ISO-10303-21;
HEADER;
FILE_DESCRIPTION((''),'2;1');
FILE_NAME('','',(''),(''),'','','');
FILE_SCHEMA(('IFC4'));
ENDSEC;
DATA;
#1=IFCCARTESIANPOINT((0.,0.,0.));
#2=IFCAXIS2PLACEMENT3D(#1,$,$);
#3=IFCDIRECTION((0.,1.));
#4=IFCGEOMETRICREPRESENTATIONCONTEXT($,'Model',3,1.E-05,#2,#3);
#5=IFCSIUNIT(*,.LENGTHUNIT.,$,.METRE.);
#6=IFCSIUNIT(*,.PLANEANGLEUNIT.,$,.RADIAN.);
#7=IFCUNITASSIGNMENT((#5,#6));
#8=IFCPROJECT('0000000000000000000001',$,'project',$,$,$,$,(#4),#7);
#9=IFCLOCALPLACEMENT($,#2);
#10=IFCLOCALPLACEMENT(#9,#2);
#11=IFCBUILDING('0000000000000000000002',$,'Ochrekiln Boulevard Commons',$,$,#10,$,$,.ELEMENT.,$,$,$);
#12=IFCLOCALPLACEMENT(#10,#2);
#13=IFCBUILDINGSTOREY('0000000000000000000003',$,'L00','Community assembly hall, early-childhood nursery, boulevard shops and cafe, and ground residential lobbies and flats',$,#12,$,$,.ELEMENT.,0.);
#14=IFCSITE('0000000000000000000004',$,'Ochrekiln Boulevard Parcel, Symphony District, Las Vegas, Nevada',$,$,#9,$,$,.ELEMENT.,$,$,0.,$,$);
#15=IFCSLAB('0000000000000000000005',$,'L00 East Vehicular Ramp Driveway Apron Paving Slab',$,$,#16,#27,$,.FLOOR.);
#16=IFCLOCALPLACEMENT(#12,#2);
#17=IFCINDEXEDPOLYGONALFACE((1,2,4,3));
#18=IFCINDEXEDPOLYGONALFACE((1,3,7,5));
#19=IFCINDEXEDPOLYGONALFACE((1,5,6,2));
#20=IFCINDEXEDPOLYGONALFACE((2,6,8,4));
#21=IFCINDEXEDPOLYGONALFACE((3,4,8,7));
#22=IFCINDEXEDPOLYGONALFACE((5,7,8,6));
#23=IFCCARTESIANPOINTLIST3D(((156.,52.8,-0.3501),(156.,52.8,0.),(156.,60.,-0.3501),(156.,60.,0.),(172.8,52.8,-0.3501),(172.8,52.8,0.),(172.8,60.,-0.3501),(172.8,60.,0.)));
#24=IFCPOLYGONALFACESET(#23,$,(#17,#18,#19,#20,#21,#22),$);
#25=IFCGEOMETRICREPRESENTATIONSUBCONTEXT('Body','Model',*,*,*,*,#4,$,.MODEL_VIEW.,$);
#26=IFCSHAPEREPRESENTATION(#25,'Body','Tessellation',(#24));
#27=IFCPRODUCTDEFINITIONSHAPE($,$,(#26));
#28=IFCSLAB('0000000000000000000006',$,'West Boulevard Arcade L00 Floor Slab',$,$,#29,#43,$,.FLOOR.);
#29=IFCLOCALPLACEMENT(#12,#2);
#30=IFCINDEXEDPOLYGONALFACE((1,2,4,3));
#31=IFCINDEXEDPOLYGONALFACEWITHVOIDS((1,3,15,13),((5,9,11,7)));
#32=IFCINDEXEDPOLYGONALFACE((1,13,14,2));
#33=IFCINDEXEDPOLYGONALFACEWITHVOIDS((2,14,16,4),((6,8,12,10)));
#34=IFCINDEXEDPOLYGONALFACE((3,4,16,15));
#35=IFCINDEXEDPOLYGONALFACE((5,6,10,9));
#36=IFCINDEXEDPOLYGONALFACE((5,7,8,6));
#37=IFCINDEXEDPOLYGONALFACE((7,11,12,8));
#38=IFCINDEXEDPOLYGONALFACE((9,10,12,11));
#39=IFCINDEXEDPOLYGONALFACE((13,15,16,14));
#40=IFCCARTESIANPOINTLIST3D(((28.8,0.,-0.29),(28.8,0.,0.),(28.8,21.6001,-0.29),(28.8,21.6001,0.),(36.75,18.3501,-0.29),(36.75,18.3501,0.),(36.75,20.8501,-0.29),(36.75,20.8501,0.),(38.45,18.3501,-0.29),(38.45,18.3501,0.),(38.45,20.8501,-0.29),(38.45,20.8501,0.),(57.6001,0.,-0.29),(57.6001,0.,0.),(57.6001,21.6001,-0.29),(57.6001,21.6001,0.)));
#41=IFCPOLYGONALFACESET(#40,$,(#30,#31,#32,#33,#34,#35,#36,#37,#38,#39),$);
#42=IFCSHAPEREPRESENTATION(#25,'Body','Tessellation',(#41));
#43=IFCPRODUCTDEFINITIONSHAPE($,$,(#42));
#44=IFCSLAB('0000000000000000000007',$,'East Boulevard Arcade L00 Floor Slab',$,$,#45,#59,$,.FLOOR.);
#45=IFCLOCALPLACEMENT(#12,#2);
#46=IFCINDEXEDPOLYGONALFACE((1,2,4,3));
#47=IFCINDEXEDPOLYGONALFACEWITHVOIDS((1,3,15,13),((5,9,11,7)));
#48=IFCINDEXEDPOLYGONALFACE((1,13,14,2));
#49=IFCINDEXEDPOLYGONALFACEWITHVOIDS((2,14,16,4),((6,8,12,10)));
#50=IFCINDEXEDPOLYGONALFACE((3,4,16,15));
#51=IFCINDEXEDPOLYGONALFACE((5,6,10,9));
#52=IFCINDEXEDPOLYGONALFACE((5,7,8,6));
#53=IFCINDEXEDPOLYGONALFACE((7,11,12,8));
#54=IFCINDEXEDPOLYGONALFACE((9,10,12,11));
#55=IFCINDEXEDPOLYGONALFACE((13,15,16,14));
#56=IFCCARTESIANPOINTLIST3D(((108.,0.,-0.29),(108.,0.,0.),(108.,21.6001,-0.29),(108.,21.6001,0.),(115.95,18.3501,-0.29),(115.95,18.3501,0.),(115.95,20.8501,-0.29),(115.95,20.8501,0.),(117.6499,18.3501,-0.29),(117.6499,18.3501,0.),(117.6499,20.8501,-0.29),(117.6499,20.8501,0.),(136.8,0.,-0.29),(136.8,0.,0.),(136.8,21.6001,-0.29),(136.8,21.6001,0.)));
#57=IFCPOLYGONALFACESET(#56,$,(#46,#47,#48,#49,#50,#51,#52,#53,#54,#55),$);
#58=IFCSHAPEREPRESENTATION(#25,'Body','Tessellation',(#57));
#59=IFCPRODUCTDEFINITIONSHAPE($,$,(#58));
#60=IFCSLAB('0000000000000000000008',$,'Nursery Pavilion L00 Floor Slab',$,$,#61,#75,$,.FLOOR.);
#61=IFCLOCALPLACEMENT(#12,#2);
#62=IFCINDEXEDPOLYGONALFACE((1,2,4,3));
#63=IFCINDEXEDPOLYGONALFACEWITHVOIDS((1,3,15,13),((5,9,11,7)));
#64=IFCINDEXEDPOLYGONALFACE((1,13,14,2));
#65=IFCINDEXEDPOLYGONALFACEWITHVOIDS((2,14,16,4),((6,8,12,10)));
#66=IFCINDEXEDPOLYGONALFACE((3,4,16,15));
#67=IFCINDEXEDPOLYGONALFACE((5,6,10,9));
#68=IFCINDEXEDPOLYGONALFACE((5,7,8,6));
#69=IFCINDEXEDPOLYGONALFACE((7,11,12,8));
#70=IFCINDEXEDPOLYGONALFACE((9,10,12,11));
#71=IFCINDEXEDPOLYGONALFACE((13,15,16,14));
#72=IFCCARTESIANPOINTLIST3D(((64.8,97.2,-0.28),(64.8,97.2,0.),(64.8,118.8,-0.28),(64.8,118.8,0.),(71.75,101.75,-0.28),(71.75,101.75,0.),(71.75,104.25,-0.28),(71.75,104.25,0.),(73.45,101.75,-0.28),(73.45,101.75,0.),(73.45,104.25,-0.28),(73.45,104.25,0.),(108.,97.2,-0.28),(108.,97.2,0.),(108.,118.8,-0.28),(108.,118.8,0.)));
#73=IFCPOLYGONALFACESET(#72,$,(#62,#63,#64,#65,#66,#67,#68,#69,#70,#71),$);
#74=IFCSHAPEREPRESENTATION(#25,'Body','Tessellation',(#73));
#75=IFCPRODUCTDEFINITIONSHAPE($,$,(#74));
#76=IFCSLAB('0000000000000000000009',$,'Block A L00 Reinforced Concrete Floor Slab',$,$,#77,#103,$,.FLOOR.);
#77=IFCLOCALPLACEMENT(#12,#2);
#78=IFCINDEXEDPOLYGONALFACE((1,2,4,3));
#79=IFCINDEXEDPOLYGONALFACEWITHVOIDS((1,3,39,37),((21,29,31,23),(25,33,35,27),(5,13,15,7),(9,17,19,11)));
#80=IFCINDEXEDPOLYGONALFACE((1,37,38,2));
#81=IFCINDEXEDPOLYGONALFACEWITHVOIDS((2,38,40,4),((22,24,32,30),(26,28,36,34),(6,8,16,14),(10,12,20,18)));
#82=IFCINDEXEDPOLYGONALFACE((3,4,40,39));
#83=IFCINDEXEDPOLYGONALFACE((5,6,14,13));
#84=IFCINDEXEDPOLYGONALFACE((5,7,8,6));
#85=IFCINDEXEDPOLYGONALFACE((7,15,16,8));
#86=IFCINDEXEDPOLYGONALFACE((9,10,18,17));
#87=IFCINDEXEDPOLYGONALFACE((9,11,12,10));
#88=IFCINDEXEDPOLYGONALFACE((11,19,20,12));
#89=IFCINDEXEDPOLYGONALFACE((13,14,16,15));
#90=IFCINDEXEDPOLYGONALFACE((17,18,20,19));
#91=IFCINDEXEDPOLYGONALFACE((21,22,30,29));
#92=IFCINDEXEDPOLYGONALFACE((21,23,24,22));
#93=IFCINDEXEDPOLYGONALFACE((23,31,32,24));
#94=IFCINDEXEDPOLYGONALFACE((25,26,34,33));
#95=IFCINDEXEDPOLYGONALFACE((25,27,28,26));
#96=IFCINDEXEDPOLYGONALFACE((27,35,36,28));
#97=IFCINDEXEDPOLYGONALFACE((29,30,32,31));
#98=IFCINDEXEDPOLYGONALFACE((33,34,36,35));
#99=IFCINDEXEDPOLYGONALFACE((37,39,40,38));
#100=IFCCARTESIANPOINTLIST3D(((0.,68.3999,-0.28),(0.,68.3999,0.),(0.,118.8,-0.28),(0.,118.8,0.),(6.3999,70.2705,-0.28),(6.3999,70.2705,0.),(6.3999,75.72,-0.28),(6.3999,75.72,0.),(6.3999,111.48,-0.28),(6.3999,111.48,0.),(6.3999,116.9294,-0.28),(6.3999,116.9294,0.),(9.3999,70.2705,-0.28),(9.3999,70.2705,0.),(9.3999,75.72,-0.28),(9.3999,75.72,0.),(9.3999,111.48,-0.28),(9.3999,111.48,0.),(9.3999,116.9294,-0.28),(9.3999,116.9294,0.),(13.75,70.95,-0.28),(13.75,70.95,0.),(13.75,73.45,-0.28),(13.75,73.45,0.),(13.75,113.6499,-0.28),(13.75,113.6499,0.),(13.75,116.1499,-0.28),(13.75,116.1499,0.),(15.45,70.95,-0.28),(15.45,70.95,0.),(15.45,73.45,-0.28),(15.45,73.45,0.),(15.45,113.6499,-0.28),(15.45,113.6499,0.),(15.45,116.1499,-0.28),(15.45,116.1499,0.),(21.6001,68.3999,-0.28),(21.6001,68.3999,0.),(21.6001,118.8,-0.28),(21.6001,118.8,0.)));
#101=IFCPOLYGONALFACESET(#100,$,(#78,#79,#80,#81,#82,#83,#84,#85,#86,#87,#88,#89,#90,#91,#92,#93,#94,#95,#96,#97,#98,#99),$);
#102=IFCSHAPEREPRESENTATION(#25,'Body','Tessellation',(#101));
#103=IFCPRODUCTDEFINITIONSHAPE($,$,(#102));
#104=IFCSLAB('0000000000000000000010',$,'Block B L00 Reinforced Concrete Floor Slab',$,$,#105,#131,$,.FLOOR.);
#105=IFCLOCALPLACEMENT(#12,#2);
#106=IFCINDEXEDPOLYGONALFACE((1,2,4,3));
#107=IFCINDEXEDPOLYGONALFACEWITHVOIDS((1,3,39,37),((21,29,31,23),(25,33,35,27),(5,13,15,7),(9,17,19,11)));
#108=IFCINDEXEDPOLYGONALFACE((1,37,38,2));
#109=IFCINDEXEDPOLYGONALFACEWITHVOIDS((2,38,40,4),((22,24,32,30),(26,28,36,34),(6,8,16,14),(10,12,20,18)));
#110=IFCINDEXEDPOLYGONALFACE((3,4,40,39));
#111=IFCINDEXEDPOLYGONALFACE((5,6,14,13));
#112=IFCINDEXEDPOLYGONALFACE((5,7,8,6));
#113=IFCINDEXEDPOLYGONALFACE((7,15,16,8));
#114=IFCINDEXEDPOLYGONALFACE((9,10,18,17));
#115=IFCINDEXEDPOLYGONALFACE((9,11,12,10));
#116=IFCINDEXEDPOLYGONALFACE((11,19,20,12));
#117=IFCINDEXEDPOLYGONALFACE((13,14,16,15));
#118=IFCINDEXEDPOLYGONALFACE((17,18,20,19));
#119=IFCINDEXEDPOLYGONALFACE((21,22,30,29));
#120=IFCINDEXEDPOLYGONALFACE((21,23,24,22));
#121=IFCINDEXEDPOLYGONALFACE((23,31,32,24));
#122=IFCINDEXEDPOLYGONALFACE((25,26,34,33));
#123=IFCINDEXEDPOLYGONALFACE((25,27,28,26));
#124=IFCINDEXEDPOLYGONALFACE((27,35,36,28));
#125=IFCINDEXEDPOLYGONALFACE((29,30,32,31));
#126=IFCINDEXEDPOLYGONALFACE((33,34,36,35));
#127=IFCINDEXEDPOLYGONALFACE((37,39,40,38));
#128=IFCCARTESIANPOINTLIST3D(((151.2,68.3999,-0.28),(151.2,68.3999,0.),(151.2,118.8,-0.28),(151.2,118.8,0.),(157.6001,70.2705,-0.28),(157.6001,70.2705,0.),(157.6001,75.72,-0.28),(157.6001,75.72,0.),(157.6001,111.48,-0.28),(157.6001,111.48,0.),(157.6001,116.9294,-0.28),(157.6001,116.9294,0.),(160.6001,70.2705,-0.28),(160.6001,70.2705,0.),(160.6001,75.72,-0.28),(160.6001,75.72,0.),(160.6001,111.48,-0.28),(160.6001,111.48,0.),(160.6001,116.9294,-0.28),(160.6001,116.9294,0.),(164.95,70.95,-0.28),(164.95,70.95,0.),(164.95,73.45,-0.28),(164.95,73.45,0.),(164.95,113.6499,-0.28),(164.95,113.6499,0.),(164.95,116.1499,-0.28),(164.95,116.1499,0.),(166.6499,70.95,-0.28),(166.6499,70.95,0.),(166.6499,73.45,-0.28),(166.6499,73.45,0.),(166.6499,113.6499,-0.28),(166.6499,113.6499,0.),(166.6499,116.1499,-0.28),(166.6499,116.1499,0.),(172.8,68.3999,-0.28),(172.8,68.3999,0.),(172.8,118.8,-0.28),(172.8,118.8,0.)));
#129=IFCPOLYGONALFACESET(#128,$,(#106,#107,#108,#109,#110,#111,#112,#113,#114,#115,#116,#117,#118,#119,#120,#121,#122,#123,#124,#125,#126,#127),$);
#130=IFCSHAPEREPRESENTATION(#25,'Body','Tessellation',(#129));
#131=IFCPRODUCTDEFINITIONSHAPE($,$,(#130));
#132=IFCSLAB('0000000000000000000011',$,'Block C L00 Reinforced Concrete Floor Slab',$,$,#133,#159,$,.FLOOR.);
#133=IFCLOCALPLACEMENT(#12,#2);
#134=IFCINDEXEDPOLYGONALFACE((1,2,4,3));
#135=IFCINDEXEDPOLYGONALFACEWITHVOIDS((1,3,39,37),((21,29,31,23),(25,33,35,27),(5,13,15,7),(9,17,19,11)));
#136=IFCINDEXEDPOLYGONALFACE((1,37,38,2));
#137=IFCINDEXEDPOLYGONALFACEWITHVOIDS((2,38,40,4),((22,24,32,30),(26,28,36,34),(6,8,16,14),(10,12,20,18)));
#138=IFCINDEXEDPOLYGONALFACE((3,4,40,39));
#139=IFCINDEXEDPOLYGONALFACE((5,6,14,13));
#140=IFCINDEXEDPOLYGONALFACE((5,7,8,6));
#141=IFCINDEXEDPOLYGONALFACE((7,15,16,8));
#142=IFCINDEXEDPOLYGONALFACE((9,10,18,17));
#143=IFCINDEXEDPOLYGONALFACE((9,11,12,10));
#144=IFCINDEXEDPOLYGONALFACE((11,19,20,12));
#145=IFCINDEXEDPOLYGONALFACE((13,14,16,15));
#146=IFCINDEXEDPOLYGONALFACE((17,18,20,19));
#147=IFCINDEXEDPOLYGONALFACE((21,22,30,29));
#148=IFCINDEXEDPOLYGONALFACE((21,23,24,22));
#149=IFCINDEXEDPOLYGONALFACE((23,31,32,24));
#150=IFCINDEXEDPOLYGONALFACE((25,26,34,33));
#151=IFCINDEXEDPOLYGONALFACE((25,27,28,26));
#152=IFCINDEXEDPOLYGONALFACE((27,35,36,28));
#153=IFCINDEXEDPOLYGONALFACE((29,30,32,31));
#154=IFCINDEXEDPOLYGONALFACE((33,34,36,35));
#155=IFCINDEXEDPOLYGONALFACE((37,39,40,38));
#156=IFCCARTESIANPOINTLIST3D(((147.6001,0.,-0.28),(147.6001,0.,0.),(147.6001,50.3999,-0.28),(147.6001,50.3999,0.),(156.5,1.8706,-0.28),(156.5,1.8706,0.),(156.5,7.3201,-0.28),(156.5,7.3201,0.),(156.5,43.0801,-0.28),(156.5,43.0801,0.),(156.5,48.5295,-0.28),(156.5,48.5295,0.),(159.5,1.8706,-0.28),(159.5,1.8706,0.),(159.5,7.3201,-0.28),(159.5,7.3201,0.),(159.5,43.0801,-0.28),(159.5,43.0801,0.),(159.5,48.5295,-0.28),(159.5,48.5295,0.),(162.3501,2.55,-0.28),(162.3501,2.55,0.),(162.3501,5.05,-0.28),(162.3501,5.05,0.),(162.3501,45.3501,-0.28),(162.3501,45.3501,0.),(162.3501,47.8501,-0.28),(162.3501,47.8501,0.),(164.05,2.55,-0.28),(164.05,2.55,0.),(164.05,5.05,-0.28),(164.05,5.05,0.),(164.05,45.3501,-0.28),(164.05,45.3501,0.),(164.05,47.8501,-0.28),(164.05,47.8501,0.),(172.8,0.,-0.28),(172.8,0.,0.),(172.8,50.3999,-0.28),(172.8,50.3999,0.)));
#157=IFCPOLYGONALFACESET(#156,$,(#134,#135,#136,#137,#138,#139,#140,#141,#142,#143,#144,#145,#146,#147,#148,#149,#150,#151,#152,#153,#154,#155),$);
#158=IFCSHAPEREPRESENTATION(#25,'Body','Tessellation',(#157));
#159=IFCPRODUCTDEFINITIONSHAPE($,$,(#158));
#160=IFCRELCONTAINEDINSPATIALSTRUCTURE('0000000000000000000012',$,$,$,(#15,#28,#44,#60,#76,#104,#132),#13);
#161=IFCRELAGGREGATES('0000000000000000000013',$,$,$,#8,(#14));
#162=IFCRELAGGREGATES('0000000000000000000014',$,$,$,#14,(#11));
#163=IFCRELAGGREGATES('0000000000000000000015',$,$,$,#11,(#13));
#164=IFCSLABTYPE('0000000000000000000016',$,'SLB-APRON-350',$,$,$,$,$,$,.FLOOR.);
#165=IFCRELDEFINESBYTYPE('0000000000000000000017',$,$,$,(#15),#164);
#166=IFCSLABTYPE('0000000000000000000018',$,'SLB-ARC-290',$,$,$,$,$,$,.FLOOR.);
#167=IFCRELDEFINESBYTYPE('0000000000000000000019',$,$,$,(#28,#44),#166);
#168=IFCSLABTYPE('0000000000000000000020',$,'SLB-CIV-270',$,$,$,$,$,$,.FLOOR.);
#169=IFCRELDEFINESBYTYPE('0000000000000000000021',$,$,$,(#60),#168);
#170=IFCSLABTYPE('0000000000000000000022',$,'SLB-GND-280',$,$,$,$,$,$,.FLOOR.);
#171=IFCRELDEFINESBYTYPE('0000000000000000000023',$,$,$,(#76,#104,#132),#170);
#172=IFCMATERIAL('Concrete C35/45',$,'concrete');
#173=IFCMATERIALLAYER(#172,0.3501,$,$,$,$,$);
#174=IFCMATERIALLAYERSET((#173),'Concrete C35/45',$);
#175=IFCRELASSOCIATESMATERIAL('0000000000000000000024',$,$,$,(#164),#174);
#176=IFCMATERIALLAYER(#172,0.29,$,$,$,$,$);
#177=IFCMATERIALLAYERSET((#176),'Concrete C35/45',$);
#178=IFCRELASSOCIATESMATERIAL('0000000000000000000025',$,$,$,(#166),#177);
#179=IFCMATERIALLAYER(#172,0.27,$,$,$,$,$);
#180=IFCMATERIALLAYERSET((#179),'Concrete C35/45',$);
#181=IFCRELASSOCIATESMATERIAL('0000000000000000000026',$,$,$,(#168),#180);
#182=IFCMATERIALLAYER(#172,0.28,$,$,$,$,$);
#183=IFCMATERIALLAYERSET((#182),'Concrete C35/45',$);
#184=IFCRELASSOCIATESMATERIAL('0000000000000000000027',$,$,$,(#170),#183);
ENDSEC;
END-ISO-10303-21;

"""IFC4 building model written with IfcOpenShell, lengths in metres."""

from ifc_helpers import new_model, si_unit, direction, frame, origin, place, context, subcontext, project, spatial, polyline, outline, extrude, material, layer, layer_set, type_object, element, save


model = new_model("IFC4")

# Units and contexts
model_context = context("Model", 3, precision=1e-05, world=origin(), true_north=direction((0.0, 1.0)))
body_context = subcontext(model_context, "Body", "Model", "MODEL_VIEW")
ifc_project = project(units=[si_unit("LENGTHUNIT", "METRE"), si_unit("PLANEANGLEUNIT", "RADIAN")], contexts=[model_context])

# Site, building, storey
site_placement = place(None, origin())
site = spatial("IfcSite", under=ifc_project, at=site_placement, Name="Ochrekiln Boulevard Parcel, Symphony District, Las Vegas, Nevada", CompositionType="ELEMENT", RefElevation=0.0)
building_placement = place(site_placement, origin())
building = spatial("IfcBuilding", under=site, at=building_placement, Name="Ochrekiln Boulevard Commons", CompositionType="ELEMENT")
storey_placement = place(building_placement, origin())
storey = spatial("IfcBuildingStorey", under=building, at=storey_placement, Name="L00", Description="Community assembly hall, early-childhood nursery, boulevard shops and cafe, and ground residential lobbies and flats", CompositionType="ELEMENT", Elevation=0.0)

# Slabs
ifc_material_1 = material(Name="Concrete C35/45", Category="concrete")
ifc_layer_1 = layer(ifc_material_1, 0.3501)
ifc_layer_set_1 = layer_set([ifc_layer_1], Name="Concrete C35/45")
slab_type_1 = type_object("IfcSlabType", Name="SLB-APRON-350", PredefinedType="FLOOR", material=ifc_layer_set_1)
slab_1_placement = place(storey_placement, frame((0.0, 0.0, -0.3501)))
element("IfcSlab", 1, at=slab_1_placement, inside=storey, type_object=slab_type_1, Name="L00 East Vehicular Ramp Driveway Apron Paving Slab", PredefinedType="FLOOR", context=body_context, shape_type="SweptSolid", body=[
    extrude(outline(polyline([(156.0, 52.8), (172.8, 52.8), (172.8, 60.0), (156.0, 60.0), (156.0, 52.8)])), origin(), (0.0, 0.0, 1.0), 0.3501),
])
ifc_layer_2 = layer(ifc_material_1, 0.29)
ifc_layer_set_2 = layer_set([ifc_layer_2], Name="Concrete C35/45")
slab_type_2 = type_object("IfcSlabType", Name="SLB-ARC-290", PredefinedType="FLOOR", material=ifc_layer_set_2)
slab_2_placement = place(storey_placement, frame((0.0, 0.0, -0.29)))
element("IfcSlab", 2, at=slab_2_placement, inside=storey, type_object=slab_type_2, Name="West Boulevard Arcade L00 Floor Slab", PredefinedType="FLOOR", context=body_context, shape_type="SweptSolid", body=[
    extrude(outline(polyline([(28.8, 0.0), (57.6001, 0.0), (57.6001, 21.6001), (28.8, 21.6001), (28.8, 0.0)]), holes=[polyline([(36.75, 18.3501), (38.45, 18.3501), (38.45, 20.8501), (36.75, 20.8501), (36.75, 18.3501)])]), origin(), (0.0, 0.0, 1.0), 0.29),
])
slab_3_placement = place(storey_placement, frame((0.0, 0.0, -0.29)))
element("IfcSlab", 3, at=slab_3_placement, inside=storey, type_object=slab_type_2, Name="East Boulevard Arcade L00 Floor Slab", PredefinedType="FLOOR", context=body_context, shape_type="SweptSolid", body=[
    extrude(outline(polyline([(108.0, 0.0), (136.8, 0.0), (136.8, 21.6001), (108.0, 21.6001), (108.0, 0.0)]), holes=[polyline([(115.95, 18.3501), (117.6499, 18.3501), (117.6499, 20.8501), (115.95, 20.8501), (115.95, 18.3501)])]), origin(), (0.0, 0.0, 1.0), 0.29),
])
ifc_layer_3 = layer(ifc_material_1, 0.27)
ifc_layer_set_3 = layer_set([ifc_layer_3], Name="Concrete C35/45")
slab_type_3 = type_object("IfcSlabType", Name="SLB-CIV-270", PredefinedType="FLOOR", material=ifc_layer_set_3)
slab_4_placement = place(storey_placement, frame((0.0, 0.0, -0.28)))
element("IfcSlab", 4, at=slab_4_placement, inside=storey, type_object=slab_type_3, Name="Nursery Pavilion L00 Floor Slab", PredefinedType="FLOOR", context=body_context, shape_type="SweptSolid", body=[
    extrude(outline(polyline([(64.8, 97.2), (108.0, 97.2), (108.0, 118.8), (64.8, 118.8), (64.8, 97.2)]), holes=[polyline([(71.75, 101.75), (73.45, 101.75), (73.45, 104.25), (71.75, 104.25), (71.75, 101.75)])]), origin(), (0.0, 0.0, 1.0), 0.28),
])
ifc_layer_4 = layer(ifc_material_1, 0.28)
ifc_layer_set_4 = layer_set([ifc_layer_4], Name="Concrete C35/45")
slab_type_4 = type_object("IfcSlabType", Name="SLB-GND-280", PredefinedType="FLOOR", material=ifc_layer_set_4)
slab_5_placement = place(storey_placement, frame((0.0, 0.0, -0.28)))
element("IfcSlab", 5, at=slab_5_placement, inside=storey, type_object=slab_type_4, Name="Block A L00 Reinforced Concrete Floor Slab", PredefinedType="FLOOR", context=body_context, shape_type="SweptSolid", body=[
    extrude(outline(polyline([(0.0, 68.3999), (21.6001, 68.3999), (21.6001, 118.8), (0.0, 118.8), (0.0, 68.3999)]), holes=[polyline([(9.3999, 70.2705), (9.3999, 75.72), (6.3999, 75.72), (6.3999, 70.2705), (9.3999, 70.2705)]), polyline([(6.3999, 116.9294), (6.3999, 111.48), (9.3999, 111.48), (9.3999, 116.9294), (6.3999, 116.9294)]), polyline([(13.75, 70.95), (15.45, 70.95), (15.45, 73.45), (13.75, 73.45), (13.75, 70.95)]), polyline([(13.75, 113.6499), (15.45, 113.6499), (15.45, 116.1499), (13.75, 116.1499), (13.75, 113.6499)])]), origin(), (0.0, 0.0, 1.0), 0.28),
])
slab_6_placement = place(storey_placement, frame((0.0, 0.0, -0.28)))
element("IfcSlab", 6, at=slab_6_placement, inside=storey, type_object=slab_type_4, Name="Block B L00 Reinforced Concrete Floor Slab", PredefinedType="FLOOR", context=body_context, shape_type="SweptSolid", body=[
    extrude(outline(polyline([(151.2, 68.3999), (172.8, 68.3999), (172.8, 118.8), (151.2, 118.8), (151.2, 68.3999)]), holes=[polyline([(160.6001, 70.2705), (160.6001, 75.72), (157.6001, 75.72), (157.6001, 70.2705), (160.6001, 70.2705)]), polyline([(157.6001, 116.9294), (157.6001, 111.48), (160.6001, 111.48), (160.6001, 116.9294), (157.6001, 116.9294)]), polyline([(164.95, 70.95), (166.6499, 70.95), (166.6499, 73.45), (164.95, 73.45), (164.95, 70.95)]), polyline([(164.95, 113.6499), (166.6499, 113.6499), (166.6499, 116.1499), (164.95, 116.1499), (164.95, 113.6499)])]), origin(), (0.0, 0.0, 1.0), 0.28),
])
slab_7_placement = place(storey_placement, frame((0.0, 0.0, -0.28)))
element("IfcSlab", 7, at=slab_7_placement, inside=storey, type_object=slab_type_4, Name="Block C L00 Reinforced Concrete Floor Slab", PredefinedType="FLOOR", context=body_context, shape_type="SweptSolid", body=[
    extrude(outline(polyline([(147.6001, 0.0), (172.8, 0.0), (172.8, 50.3999), (147.6001, 50.3999), (147.6001, 0.0)]), holes=[polyline([(159.5, 1.8706), (159.5, 7.3201), (156.5, 7.3201), (156.5, 1.8706), (159.5, 1.8706)]), polyline([(156.5, 48.5295), (156.5, 43.0801), (159.5, 43.0801), (159.5, 48.5295), (156.5, 48.5295)]), polyline([(162.3501, 2.55), (164.05, 2.55), (164.05, 5.05), (162.3501, 5.05), (162.3501, 2.55)]), polyline([(162.3501, 45.3501), (164.05, 45.3501), (164.05, 47.8501), (162.3501, 47.8501), (162.3501, 45.3501)])]), origin(), (0.0, 0.0, 1.0), 0.28),
])

save(model, "model.ifc")
